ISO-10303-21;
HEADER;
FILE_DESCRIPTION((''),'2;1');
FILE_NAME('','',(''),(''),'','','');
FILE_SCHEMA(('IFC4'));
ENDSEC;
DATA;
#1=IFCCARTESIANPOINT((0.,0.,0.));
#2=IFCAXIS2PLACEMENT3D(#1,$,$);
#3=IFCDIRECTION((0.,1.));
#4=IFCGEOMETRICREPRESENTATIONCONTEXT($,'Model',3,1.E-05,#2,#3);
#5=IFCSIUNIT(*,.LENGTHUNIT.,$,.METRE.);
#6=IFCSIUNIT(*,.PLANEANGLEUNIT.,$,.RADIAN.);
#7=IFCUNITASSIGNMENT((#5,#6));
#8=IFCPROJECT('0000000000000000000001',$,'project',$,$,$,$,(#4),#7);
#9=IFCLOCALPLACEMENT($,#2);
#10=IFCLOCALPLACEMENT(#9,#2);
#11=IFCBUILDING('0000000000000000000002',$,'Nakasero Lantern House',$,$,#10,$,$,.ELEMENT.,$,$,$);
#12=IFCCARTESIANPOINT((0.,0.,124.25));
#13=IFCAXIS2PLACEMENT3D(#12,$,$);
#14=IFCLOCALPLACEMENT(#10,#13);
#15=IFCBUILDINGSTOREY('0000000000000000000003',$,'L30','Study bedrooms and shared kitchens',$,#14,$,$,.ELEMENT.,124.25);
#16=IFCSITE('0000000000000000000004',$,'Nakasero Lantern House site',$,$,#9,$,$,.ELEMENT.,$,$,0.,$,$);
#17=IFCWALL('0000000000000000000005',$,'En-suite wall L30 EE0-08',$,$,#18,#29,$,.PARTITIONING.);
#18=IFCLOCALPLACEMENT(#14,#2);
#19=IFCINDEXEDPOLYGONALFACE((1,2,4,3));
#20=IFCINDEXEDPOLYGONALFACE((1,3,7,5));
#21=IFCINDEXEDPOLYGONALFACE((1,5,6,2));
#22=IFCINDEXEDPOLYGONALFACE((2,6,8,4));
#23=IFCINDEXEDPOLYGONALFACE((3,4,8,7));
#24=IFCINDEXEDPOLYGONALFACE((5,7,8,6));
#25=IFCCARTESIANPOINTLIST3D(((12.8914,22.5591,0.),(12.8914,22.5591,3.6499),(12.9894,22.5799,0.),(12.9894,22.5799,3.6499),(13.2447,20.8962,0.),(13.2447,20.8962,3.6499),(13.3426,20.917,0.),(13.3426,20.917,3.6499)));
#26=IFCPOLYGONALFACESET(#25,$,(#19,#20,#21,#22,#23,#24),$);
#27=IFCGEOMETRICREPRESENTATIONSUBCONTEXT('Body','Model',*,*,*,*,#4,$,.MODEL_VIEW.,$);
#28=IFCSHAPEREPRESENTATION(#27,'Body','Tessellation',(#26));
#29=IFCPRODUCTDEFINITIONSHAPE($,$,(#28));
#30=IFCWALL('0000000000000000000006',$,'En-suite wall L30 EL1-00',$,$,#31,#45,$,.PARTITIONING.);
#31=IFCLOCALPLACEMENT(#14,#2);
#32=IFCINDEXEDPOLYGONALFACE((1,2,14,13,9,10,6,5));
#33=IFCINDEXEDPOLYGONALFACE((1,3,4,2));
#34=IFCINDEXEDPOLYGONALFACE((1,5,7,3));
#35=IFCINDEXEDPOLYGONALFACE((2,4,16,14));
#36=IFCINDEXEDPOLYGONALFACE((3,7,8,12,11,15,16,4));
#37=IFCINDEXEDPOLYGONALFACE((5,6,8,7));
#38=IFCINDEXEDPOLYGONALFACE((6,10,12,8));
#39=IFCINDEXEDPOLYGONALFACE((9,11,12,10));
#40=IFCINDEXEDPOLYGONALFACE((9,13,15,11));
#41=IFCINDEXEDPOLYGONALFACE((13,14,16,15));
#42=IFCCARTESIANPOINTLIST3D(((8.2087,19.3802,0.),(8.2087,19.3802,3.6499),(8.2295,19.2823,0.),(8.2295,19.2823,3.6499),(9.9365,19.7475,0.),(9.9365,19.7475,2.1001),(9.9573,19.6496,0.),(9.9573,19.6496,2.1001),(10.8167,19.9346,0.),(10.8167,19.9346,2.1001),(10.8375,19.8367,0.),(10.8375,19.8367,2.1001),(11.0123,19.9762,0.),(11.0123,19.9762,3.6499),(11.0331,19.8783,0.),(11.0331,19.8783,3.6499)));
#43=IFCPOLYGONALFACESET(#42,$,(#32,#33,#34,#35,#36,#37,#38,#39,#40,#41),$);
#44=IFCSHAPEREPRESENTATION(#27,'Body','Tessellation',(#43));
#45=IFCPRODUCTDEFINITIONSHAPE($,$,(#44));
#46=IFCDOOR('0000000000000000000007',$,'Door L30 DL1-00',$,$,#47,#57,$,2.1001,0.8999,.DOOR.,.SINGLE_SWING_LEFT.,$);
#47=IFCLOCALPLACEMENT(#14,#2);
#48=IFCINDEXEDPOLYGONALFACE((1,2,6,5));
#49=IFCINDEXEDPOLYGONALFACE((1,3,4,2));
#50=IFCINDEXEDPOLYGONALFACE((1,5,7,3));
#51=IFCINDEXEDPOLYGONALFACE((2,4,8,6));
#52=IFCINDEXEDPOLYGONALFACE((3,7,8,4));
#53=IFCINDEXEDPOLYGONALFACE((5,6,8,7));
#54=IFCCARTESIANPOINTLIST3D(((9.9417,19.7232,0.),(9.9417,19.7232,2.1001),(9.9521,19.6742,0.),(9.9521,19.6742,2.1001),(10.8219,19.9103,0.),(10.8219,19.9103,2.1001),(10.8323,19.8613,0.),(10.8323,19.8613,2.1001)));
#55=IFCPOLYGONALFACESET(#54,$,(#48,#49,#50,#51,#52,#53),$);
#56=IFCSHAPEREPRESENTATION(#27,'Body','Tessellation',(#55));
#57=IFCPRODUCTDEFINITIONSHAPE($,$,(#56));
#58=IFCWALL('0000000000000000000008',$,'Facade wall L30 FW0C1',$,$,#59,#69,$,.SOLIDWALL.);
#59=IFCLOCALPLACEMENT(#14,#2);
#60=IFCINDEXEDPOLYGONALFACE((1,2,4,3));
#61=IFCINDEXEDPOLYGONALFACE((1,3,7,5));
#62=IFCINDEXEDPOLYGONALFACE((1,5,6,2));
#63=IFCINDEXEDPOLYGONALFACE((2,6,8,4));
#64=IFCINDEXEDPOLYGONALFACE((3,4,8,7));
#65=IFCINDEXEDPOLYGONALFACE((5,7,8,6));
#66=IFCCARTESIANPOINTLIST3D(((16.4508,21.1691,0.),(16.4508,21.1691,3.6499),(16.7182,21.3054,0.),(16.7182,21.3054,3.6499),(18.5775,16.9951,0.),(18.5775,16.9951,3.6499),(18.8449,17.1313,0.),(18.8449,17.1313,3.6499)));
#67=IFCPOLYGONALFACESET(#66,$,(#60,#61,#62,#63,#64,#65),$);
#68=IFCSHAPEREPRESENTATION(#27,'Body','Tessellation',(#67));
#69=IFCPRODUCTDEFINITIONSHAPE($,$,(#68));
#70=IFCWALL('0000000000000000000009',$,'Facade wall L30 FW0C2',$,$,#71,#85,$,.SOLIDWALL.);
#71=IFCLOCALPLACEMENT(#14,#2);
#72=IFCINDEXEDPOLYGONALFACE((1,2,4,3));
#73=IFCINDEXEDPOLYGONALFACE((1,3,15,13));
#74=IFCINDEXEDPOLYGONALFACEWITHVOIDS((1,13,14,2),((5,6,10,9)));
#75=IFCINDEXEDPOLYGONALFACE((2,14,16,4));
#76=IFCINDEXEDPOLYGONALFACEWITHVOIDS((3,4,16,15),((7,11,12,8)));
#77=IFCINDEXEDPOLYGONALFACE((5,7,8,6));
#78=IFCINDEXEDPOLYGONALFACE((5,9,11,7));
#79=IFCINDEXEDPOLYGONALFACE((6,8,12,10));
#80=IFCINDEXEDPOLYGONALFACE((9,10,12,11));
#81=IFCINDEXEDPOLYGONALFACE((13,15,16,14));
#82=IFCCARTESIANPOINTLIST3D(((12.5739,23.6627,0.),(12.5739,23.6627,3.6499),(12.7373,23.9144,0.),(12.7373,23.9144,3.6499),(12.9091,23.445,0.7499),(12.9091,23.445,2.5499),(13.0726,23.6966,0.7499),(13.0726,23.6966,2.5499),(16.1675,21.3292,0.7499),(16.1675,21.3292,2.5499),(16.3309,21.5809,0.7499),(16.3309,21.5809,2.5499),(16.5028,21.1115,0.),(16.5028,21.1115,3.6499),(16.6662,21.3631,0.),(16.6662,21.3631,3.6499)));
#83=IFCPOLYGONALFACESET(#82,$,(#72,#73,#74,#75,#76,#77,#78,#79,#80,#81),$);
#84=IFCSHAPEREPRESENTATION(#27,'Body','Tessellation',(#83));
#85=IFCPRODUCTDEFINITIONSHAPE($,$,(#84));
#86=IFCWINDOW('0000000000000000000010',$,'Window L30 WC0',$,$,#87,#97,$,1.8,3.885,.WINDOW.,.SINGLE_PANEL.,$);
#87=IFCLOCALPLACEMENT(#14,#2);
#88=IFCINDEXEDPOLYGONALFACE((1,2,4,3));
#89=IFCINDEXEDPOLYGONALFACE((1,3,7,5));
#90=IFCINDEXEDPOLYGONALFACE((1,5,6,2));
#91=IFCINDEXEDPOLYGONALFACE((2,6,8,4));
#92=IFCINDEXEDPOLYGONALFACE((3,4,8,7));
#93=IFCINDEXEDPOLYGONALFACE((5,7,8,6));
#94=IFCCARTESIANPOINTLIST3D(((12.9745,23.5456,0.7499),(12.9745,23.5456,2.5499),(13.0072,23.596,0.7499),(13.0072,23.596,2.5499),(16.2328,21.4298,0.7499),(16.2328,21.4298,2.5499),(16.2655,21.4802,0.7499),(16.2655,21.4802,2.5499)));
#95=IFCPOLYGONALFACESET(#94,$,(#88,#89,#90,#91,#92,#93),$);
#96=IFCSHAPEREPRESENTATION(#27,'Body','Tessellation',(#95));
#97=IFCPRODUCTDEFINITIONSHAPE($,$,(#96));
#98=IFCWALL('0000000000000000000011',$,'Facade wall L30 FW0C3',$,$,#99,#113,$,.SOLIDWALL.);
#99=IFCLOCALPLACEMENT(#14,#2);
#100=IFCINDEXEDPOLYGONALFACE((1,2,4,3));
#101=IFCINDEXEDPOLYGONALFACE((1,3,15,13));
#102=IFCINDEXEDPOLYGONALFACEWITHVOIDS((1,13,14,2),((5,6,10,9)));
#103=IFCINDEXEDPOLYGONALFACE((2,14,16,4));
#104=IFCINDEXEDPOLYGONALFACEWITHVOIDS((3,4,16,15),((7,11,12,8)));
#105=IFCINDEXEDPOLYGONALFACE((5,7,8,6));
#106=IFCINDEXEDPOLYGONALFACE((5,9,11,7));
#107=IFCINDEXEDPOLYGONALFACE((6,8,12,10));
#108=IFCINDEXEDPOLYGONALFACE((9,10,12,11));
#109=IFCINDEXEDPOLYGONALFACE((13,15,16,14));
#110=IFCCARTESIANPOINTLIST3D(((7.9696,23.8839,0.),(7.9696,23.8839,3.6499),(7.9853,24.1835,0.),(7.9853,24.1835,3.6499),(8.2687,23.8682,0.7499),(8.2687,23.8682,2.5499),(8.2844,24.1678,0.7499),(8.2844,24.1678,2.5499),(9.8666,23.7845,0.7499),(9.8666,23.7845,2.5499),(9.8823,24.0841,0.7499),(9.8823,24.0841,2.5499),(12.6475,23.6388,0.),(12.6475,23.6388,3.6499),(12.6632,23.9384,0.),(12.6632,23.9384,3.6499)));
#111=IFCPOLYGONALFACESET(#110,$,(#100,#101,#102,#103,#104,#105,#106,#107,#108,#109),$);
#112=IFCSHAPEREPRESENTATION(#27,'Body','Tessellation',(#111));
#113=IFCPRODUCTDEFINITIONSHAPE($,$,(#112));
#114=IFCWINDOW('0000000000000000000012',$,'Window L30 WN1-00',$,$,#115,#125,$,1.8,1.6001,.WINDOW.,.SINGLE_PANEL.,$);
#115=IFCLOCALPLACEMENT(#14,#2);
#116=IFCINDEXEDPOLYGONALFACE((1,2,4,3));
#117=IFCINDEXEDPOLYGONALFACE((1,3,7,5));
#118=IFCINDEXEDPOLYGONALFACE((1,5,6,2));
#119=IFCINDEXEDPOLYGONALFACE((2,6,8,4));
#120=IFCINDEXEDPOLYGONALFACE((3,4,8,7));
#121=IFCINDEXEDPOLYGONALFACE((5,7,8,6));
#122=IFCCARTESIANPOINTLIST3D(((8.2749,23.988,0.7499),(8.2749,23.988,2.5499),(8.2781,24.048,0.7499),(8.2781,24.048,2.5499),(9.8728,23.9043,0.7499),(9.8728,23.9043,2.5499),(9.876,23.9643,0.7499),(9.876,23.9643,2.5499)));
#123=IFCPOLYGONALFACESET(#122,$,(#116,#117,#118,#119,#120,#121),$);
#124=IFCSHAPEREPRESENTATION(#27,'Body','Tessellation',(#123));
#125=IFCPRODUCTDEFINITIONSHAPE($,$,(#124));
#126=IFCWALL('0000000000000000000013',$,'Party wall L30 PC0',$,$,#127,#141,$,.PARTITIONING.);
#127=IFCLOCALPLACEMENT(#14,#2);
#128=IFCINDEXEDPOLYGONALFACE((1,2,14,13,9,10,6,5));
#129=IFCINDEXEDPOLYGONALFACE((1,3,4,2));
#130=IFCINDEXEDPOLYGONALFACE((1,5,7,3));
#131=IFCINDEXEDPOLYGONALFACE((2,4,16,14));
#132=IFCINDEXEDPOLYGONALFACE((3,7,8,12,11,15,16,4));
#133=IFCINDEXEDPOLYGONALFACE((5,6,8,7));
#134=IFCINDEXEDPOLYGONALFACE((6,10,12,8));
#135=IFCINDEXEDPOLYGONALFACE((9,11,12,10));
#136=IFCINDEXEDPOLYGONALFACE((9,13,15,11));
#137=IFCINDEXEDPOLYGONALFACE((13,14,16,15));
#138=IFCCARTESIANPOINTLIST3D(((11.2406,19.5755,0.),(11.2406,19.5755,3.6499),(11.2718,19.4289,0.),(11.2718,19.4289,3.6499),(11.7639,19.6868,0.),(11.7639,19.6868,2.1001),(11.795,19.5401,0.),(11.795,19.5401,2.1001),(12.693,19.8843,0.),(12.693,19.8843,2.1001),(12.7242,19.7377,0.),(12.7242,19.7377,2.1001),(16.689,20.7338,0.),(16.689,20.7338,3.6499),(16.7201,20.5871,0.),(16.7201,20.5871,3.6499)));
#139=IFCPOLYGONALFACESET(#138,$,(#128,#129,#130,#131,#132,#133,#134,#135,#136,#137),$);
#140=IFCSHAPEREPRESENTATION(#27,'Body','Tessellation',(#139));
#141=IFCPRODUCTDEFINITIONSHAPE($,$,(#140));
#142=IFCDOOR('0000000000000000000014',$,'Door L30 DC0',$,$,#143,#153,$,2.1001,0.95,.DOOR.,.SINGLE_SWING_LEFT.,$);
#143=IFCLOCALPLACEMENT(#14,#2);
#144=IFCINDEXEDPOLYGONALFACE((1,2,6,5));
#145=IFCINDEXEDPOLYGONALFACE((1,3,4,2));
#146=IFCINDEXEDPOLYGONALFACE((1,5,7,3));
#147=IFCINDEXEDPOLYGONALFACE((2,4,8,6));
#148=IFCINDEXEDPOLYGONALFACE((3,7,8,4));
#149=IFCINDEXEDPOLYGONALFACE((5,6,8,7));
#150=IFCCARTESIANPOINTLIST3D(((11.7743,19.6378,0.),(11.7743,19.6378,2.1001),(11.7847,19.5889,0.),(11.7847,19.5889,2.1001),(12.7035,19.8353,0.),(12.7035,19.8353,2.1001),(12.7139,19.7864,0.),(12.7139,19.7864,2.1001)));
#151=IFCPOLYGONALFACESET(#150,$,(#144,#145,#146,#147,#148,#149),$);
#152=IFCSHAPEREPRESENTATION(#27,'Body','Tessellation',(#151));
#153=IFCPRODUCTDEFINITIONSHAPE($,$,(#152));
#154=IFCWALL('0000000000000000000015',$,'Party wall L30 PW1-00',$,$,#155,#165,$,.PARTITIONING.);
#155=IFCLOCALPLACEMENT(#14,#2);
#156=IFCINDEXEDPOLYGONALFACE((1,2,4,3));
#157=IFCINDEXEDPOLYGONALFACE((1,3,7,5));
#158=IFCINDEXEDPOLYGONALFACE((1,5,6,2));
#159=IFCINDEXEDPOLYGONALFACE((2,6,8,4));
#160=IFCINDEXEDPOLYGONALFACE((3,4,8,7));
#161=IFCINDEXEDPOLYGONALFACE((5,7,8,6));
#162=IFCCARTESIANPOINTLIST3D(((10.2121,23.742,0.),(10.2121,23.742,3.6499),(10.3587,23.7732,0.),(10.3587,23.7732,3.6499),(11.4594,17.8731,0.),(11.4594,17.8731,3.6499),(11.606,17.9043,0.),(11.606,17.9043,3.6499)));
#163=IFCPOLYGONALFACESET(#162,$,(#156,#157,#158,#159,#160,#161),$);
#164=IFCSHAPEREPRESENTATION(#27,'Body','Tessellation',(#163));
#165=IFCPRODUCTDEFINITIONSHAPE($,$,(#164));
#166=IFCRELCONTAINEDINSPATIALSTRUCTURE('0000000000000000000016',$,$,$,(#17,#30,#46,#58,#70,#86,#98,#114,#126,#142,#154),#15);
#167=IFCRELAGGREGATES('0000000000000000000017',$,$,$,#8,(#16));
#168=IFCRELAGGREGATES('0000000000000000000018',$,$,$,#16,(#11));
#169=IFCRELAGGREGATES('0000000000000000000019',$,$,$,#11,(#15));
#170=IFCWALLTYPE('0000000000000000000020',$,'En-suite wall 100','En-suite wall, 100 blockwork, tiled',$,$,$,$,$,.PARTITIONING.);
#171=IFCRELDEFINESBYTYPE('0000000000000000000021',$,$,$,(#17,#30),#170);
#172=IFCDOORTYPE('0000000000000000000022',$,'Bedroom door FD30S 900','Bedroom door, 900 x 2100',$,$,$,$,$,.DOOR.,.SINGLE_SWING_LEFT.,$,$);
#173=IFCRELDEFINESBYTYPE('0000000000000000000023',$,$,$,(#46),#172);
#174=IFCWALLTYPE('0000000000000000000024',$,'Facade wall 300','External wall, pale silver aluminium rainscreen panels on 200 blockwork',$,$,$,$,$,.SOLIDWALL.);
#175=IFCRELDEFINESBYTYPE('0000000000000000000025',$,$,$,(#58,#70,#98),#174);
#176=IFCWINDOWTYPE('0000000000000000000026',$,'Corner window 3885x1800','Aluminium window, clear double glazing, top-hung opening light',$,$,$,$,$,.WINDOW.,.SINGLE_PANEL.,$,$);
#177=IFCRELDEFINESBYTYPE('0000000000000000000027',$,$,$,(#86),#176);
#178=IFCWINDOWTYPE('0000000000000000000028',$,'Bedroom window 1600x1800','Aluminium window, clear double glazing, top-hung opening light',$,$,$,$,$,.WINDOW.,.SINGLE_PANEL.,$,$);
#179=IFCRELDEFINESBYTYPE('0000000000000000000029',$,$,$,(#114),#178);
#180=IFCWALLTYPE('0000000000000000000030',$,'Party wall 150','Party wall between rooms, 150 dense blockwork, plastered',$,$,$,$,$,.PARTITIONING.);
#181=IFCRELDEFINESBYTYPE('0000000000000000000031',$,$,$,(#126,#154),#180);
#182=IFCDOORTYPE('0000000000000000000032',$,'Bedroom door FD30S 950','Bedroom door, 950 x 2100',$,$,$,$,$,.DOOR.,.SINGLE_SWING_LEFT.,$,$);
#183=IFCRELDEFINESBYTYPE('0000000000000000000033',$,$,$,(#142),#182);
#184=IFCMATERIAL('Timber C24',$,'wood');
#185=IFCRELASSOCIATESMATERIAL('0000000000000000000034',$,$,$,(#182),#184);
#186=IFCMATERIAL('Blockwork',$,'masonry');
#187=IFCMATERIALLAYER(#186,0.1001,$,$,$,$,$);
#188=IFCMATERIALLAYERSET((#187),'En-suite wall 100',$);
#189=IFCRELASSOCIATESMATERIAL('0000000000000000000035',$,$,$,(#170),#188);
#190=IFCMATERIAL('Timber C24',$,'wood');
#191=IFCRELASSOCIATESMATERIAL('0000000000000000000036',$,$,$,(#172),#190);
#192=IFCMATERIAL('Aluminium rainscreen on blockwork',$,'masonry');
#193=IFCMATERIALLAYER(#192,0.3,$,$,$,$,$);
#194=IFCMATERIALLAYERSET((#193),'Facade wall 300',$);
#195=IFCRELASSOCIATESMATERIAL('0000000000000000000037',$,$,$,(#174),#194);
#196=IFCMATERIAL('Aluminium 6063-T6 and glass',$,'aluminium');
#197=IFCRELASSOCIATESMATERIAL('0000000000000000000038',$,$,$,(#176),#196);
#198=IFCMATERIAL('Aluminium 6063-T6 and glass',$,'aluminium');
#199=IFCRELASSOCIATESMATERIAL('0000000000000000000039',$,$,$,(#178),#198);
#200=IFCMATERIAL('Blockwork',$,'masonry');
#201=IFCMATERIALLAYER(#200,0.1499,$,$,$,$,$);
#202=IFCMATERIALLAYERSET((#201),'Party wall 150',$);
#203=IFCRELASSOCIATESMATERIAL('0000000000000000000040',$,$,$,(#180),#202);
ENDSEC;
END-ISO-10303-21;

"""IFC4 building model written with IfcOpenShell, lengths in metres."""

from ifc_helpers import new_model, si_unit, direction, frame, frame_2d, origin, place, context, subcontext, project, spatial, rectangle, extrude, material, layer, layer_set, type_object, element, fill, save


model = new_model("IFC4")

# Units and contexts
model_context = context("Model", 3, precision=1e-05, world=origin(), true_north=direction((0.0, 1.0)))
body_context = subcontext(model_context, "Body", "Model", "MODEL_VIEW")
ifc_project = project(units=[si_unit("LENGTHUNIT", "METRE"), si_unit("PLANEANGLEUNIT", "RADIAN")], contexts=[model_context])

# Site, building, storey
site_placement = place(None, origin())
site = spatial("IfcSite", under=ifc_project, at=site_placement, Name="Nakasero Lantern House site", CompositionType="ELEMENT", RefElevation=0.0)
building_placement = place(site_placement, origin())
building = spatial("IfcBuilding", under=site, at=building_placement, Name="Nakasero Lantern House", CompositionType="ELEMENT")
storey_placement = place(building_placement, frame((0.0, 0.0, 124.25)))
storey = spatial("IfcBuildingStorey", under=building, at=storey_placement, Name="L30", Description="Study bedrooms and shared kitchens", CompositionType="ELEMENT", Elevation=124.25)

# Shared definitions
ifc_material_1 = material(Name="Timber C24", Category="wood")
door_type_1 = type_object("IfcDoorType", Name="Bedroom door FD30S 950", Description="Bedroom door, 950 x 2100", OperationType="SINGLE_SWING_LEFT", PredefinedType="DOOR", material=ifc_material_1)

# Shared definitions
ifc_material_2 = material(Name="Blockwork", Category="masonry")
ifc_layer_1 = layer(ifc_material_2, 0.1001)
ifc_layer_set_1 = layer_set([ifc_layer_1], Name="En-suite wall 100")
wall_type_1 = type_object("IfcWallType", Name="En-suite wall 100", Description="En-suite wall, 100 blockwork, tiled", PredefinedType="PARTITIONING", material=ifc_layer_set_1)

# Wall
wall_1_placement = place(storey_placement, frame((13.2937, 20.9065, 0.0), z_axis=(0.0, 0.0, 1.0), x_axis=(-0.207812, 0.978169, 0.0)))
element("IfcWall", 1, at=wall_1_placement, inside=storey, type_object=wall_type_1, Name="En-suite wall L30 EE0-08", PredefinedType="PARTITIONING", context=body_context, shape_type="SweptSolid", body=[
    extrude(rectangle(XDim=1.7, YDim=0.1001, at=frame_2d((0.8501, 0.0))), origin(), (0.0, 0.0, 1.0), 3.6499),
])

# Wall, opening, door
wall_2_placement = place(storey_placement, frame((11.0227, 19.9272, 0.0), z_axis=(0.0, 0.0, 1.0), x_axis=(-0.978144, -0.207929, 0.0)))
wall_2 = element("IfcWall", 2, at=wall_2_placement, inside=storey, type_object=wall_type_1, Name="En-suite wall L30 EL1-00", PredefinedType="PARTITIONING", context=body_context, shape_type="SweptSolid", body=[
    extrude(rectangle(XDim=2.8662, YDim=0.1001, at=frame_2d((1.4331, 0.0))), origin(), (0.0, 0.0, 1.0), 3.6499),
])
opening_1_placement = place(wall_2_placement, frame((0.2, 0.0, 0.0)))
opening_1 = element("IfcOpeningElement", 3, at=opening_1_placement, cuts=wall_2, PredefinedType="OPENING", context=body_context, shape_type="SweptSolid", body=[
    extrude(rectangle(XDim=0.8999, YDim=2.1001, at=frame_2d((0.45, 1.05))), frame((0.0, 0.0701, 0.0), z_axis=(0.0, -1.0, 0.0), x_axis=(1.0, 0.0, 0.0)), (0.0, 0.0, 1.0), 0.1401),
])
ifc_material_3 = material(Name="Timber C24", Category="wood")
door_type_2 = type_object("IfcDoorType", Name="Bedroom door FD30S 900", Description="Bedroom door, 900 x 2100", OperationType="SINGLE_SWING_LEFT", PredefinedType="DOOR", material=ifc_material_3)
door_1_placement = place(opening_1_placement, origin())
door_1 = element("IfcDoor", 4, at=door_1_placement, inside=storey, type_object=door_type_2, Name="Door L30 DL1-00", OperationType="SINGLE_SWING_LEFT", OverallHeight=2.1001, OverallWidth=0.8999, PredefinedType="DOOR", context=body_context, shape_type="SweptSolid", body=[
    extrude(rectangle(XDim=0.8999, YDim=2.1001, at=frame_2d((0.45, 1.05))), frame((0.0, 0.0249, 0.0), z_axis=(0.0, -1.0, 0.0), x_axis=(1.0, 0.0, 0.0)), (0.0, 0.0, 1.0), 0.05),
])
fill(opening_1, door_1)

# Wall
ifc_material_4 = material(Name="Aluminium rainscreen on blockwork", Category="masonry")
ifc_layer_2 = layer(ifc_material_4, 0.3)
ifc_layer_set_2 = layer_set([ifc_layer_2], Name="Facade wall 300")
wall_type_2 = type_object("IfcWallType", Name="Facade wall 300", Description="External wall, pale silver aluminium rainscreen panels on 200 blockwork", PredefinedType="SOLIDWALL", material=ifc_layer_set_2)
wall_3_placement = place(storey_placement, frame((18.7112, 17.0632, 0.0), z_axis=(0.0, 0.0, 1.0), x_axis=(-0.453976, 0.891014, 0.0)))
element("IfcWall", 5, at=wall_3_placement, inside=storey, type_object=wall_type_2, Name="Facade wall L30 FW0C1", PredefinedType="SOLIDWALL", context=body_context, shape_type="SweptSolid", body=[
    extrude(rectangle(XDim=4.6846, YDim=0.3, at=frame_2d((2.3423, 0.0))), origin(), (0.0, 0.0, 1.0), 3.6499),
])

# Walls, openings, windows
wall_4_placement = place(storey_placement, frame((16.5845, 21.2373, 0.0), z_axis=(0.0, 0.0, 1.0), x_axis=(-0.838692, 0.544605, 0.0)))
wall_4 = element("IfcWall", 6, at=wall_4_placement, inside=storey, type_object=wall_type_2, Name="Facade wall L30 FW0C2", PredefinedType="SOLIDWALL", context=body_context, shape_type="SweptSolid", body=[
    extrude(rectangle(XDim=4.6846, YDim=0.3, at=frame_2d((2.3423, 0.0))), origin(), (0.0, 0.0, 1.0), 3.6499),
])
opening_2_placement = place(wall_4_placement, frame((0.3999, 0.0, 0.75)))
opening_2 = element("IfcOpeningElement", 7, at=opening_2_placement, cuts=wall_4, PredefinedType="OPENING", context=body_context, shape_type="SweptSolid", body=[
    extrude(rectangle(XDim=3.885, YDim=1.8, at=frame_2d((1.9424, 0.8999))), frame((0.0, 0.1699, 0.0), z_axis=(0.0, -1.0, 0.0), x_axis=(1.0, 0.0, 0.0)), (0.0, 0.0, 1.0), 0.3401),
])
ifc_material_5 = material(Name="Aluminium 6063-T6 and glass", Category="aluminium")
window_type_1 = type_object("IfcWindowType", Name="Corner window 3885x1800", Description="Aluminium window, clear double glazing, top-hung opening light", PartitioningType="SINGLE_PANEL", PredefinedType="WINDOW", material=ifc_material_5)
window_1_placement = place(opening_2_placement, origin())
window_1 = element("IfcWindow", 8, at=window_1_placement, inside=storey, type_object=window_type_1, Name="Window L30 WC0", OverallHeight=1.8, OverallWidth=3.885, PartitioningType="SINGLE_PANEL", PredefinedType="WINDOW", context=body_context, shape_type="SweptSolid", body=[
    extrude(rectangle(XDim=3.885, YDim=1.8, at=frame_2d((1.9424, 0.8999))), frame((0.0, 0.03, 0.0), z_axis=(0.0, -1.0, 0.0), x_axis=(1.0, 0.0, 0.0)), (0.0, 0.0, 1.0), 0.0601),
])
fill(opening_2, window_1)
wall_5_placement = place(storey_placement, frame((12.6555, 23.7886, 0.0), z_axis=(0.0, 0.0, 1.0), x_axis=(-0.99863, 0.052326, 0.0)))
wall_5 = element("IfcWall", 9, at=wall_5_placement, inside=storey, type_object=wall_type_2, Name="Facade wall L30 FW0C3", PredefinedType="SOLIDWALL", context=body_context, shape_type="SweptSolid", body=[
    extrude(rectangle(XDim=4.6843, YDim=0.3, at=frame_2d((2.3423, 0.0))), origin(), (0.0, 0.0, 1.0), 3.6499),
])
opening_3_placement = place(wall_5_placement, frame((2.7849, 0.0, 0.75)))
opening_3 = element("IfcOpeningElement", 10, at=opening_3_placement, cuts=wall_5, PredefinedType="OPENING", context=body_context, shape_type="SweptSolid", body=[
    extrude(rectangle(XDim=1.6001, YDim=1.8, at=frame_2d((0.8, 0.8999))), frame((0.0, 0.1699, 0.0), z_axis=(0.0, -1.0, 0.0), x_axis=(1.0, 0.0, 0.0)), (0.0, 0.0, 1.0), 0.3401),
])
ifc_material_6 = material(Name="Aluminium 6063-T6 and glass", Category="aluminium")
window_type_2 = type_object("IfcWindowType", Name="Bedroom window 1600x1800", Description="Aluminium window, clear double glazing, top-hung opening light", PartitioningType="SINGLE_PANEL", PredefinedType="WINDOW", material=ifc_material_6)
window_2_placement = place(opening_3_placement, origin())
window_2 = element("IfcWindow", 11, at=window_2_placement, inside=storey, type_object=window_type_2, Name="Window L30 WN1-00", OverallHeight=1.8, OverallWidth=1.6001, PartitioningType="SINGLE_PANEL", PredefinedType="WINDOW", context=body_context, shape_type="SweptSolid", body=[
    extrude(rectangle(XDim=1.6001, YDim=1.8, at=frame_2d((0.8, 0.8999))), frame((0.0, 0.03, 0.0), z_axis=(0.0, -1.0, 0.0), x_axis=(1.0, 0.0, 0.0)), (0.0, 0.0, 1.0), 0.0601),
])
fill(opening_3, window_2)

# Wall, opening, door
ifc_material_7 = material(Name="Blockwork", Category="masonry")
ifc_layer_3 = layer(ifc_material_7, 0.1499)
ifc_layer_set_3 = layer_set([ifc_layer_3], Name="Party wall 150")
wall_type_3 = type_object("IfcWallType", Name="Party wall 150", Description="Party wall between rooms, 150 dense blockwork, plastered", PredefinedType="PARTITIONING", material=ifc_layer_set_3)
wall_6_placement = place(storey_placement, frame((11.2561, 19.5022, 0.0), z_axis=(0.0, 0.0, 1.0), x_axis=(0.978142, 0.207936, 0.0)))
wall_6 = element("IfcWall", 12, at=wall_6_placement, inside=storey, type_object=wall_type_3, Name="Party wall L30 PC0", PredefinedType="PARTITIONING", context=body_context, shape_type="SweptSolid", body=[
    extrude(rectangle(XDim=5.5701, YDim=0.1499, at=frame_2d((2.7852, 0.0))), origin(), (0.0, 0.0, 1.0), 3.6499),
])
opening_4_placement = place(wall_6_placement, frame((0.5349, 0.0, 0.0)))
opening_4 = element("IfcOpeningElement", 13, at=opening_4_placement, cuts=wall_6, PredefinedType="OPENING", context=body_context, shape_type="SweptSolid", body=[
    extrude(rectangle(XDim=0.95, YDim=2.1001, at=frame_2d((0.4751, 1.05))), frame((0.0, 0.095, 0.0), z_axis=(0.0, -1.0, 0.0), x_axis=(1.0, 0.0, 0.0)), (0.0, 0.0, 1.0), 0.1899),
])
door_2_placement = place(opening_4_placement, origin())
door_2 = element("IfcDoor", 14, at=door_2_placement, inside=storey, type_object=door_type_1, Name="Door L30 DC0", OperationType="SINGLE_SWING_LEFT", OverallHeight=2.1001, OverallWidth=0.95, PredefinedType="DOOR", context=body_context, shape_type="SweptSolid", body=[
    extrude(rectangle(XDim=0.95, YDim=2.1001, at=frame_2d((0.4751, 1.05))), frame((0.0, 0.0249, 0.0), z_axis=(0.0, -1.0, 0.0), x_axis=(1.0, 0.0, 0.0)), (0.0, 0.0, 1.0), 0.05),
])
fill(opening_4, door_2)

# Wall
wall_7_placement = place(storey_placement, frame((11.5327, 17.8887, 0.0), z_axis=(0.0, 0.0, 1.0), x_axis=(-0.207886, 0.978153, 0.0)))
element("IfcWall", 15, at=wall_7_placement, inside=storey, type_object=wall_type_3, Name="Party wall L30 PW1-00", PredefinedType="PARTITIONING", context=body_context, shape_type="SweptSolid", body=[
    extrude(rectangle(XDim=6.0, YDim=0.1499, at=frame_2d((3.0, 0.0))), origin(), (0.0, 0.0, 1.0), 3.6499),
])

save(model, "model.ifc")
